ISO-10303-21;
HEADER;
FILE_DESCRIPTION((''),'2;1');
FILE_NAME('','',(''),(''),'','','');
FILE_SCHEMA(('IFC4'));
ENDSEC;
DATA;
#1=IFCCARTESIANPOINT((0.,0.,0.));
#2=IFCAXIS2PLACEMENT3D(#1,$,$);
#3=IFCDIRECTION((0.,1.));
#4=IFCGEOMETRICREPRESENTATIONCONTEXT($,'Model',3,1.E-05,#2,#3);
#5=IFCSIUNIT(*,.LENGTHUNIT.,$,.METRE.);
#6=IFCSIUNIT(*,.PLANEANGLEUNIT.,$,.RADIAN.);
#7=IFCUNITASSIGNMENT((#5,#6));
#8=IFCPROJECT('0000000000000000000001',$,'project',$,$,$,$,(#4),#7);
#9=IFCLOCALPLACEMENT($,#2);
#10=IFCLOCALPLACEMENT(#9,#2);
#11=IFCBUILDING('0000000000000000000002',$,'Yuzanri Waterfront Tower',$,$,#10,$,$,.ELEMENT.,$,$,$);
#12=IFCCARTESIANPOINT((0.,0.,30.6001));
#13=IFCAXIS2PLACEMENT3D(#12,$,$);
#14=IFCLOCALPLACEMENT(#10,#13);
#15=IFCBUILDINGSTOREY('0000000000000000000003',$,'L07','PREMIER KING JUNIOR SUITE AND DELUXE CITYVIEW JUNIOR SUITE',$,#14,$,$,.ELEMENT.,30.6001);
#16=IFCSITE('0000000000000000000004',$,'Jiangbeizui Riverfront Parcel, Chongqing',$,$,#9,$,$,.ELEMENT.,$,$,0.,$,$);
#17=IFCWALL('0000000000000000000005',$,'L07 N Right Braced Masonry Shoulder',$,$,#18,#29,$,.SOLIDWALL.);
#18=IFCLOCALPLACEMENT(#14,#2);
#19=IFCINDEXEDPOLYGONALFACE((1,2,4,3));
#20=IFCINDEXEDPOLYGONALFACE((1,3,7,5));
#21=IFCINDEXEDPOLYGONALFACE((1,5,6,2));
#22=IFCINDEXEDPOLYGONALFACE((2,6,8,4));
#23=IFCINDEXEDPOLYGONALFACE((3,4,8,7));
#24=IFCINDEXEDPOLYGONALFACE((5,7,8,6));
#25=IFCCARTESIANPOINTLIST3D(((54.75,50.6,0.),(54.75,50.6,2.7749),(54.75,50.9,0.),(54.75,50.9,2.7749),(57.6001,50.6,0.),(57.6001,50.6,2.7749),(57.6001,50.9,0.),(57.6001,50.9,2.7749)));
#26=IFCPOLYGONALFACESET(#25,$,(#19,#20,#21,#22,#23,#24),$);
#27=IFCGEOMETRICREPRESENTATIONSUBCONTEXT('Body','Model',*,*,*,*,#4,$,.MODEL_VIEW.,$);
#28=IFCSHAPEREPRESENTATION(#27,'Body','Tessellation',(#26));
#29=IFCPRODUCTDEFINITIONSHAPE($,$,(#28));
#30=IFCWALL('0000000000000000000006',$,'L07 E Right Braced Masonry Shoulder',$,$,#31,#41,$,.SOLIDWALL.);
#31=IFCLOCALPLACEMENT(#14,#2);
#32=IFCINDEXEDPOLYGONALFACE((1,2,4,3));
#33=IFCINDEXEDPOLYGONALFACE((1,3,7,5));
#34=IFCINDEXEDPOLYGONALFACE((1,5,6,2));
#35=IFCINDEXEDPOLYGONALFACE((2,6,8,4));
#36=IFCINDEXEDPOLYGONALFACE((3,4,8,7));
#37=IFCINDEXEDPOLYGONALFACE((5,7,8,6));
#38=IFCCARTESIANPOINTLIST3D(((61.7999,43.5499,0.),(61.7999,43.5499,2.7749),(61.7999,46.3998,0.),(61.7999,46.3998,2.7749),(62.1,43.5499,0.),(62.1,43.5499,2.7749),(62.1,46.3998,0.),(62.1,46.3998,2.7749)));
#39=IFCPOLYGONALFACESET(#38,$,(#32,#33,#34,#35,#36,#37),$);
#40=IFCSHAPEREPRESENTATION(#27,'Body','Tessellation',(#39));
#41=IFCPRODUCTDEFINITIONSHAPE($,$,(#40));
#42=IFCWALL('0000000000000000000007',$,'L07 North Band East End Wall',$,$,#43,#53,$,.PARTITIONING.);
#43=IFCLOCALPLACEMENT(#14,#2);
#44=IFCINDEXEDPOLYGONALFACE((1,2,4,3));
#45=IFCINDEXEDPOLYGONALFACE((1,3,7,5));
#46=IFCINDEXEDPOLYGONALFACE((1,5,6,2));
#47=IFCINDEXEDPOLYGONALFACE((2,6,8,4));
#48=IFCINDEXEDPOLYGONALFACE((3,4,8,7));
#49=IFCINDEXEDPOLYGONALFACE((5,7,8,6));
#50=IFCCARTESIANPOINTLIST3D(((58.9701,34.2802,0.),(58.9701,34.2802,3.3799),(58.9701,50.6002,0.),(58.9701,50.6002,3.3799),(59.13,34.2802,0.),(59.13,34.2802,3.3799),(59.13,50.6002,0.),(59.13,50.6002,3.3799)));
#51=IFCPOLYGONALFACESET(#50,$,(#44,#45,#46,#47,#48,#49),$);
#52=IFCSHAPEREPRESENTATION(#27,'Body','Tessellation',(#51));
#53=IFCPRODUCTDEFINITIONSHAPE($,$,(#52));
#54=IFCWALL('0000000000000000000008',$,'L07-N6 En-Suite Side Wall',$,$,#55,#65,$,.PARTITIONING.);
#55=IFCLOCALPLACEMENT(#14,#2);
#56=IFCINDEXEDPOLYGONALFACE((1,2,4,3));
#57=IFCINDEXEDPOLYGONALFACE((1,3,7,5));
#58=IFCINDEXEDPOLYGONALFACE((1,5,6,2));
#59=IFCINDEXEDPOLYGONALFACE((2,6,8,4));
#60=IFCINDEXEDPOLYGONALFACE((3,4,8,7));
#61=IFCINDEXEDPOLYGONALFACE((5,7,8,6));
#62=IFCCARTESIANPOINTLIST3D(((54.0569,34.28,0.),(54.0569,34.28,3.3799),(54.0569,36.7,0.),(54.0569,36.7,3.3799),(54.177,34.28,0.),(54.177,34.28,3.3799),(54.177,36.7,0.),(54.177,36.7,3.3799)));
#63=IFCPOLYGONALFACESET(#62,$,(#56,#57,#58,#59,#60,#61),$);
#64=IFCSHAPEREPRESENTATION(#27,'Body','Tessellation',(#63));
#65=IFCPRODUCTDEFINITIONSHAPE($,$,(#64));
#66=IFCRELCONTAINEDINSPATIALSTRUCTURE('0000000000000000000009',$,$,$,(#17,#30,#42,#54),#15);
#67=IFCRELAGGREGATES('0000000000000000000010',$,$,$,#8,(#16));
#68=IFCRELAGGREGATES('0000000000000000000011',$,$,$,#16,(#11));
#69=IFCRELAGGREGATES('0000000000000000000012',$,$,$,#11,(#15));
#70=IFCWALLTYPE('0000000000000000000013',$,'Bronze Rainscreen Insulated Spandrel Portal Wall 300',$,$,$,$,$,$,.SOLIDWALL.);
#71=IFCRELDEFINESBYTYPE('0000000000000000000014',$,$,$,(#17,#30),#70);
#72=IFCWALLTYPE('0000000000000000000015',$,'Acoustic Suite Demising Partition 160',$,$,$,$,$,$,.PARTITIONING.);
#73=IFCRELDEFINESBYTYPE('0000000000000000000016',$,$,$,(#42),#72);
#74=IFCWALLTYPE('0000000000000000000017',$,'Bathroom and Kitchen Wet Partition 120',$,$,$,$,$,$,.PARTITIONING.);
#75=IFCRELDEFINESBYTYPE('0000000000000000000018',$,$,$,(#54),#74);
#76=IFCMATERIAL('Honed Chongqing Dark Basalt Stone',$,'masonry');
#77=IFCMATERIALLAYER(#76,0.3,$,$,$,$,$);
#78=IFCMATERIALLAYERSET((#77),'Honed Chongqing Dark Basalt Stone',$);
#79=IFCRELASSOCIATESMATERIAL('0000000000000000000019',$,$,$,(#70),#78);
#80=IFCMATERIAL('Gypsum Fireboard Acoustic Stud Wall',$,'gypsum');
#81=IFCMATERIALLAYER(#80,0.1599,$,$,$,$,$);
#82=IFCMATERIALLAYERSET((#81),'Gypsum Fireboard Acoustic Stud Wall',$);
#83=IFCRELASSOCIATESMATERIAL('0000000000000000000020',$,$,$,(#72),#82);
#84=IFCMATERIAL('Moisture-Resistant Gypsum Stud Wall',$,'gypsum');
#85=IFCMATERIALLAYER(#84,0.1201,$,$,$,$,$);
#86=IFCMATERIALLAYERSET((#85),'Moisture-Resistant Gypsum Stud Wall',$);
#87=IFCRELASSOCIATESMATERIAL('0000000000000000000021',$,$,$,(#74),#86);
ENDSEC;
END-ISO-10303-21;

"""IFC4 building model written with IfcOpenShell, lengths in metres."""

from ifc_helpers import new_model, si_unit, direction, frame, frame_2d, origin, place, context, subcontext, project, spatial, rectangle, extrude, source, transform, mapped, material, layer, layer_set, type_object, element, save


model = new_model("IFC4")

# Units and contexts
model_context = context("Model", 3, precision=1e-05, world=origin(), true_north=direction((0.0, 1.0)))
body_context = subcontext(model_context, "Body", "Model", "MODEL_VIEW")
ifc_project = project(units=[si_unit("LENGTHUNIT", "METRE"), si_unit("PLANEANGLEUNIT", "RADIAN")], contexts=[model_context])

# Site, building, storey
site_placement = place(None, origin())
site = spatial("IfcSite", under=ifc_project, at=site_placement, Name="Jiangbeizui Riverfront Parcel, Chongqing", CompositionType="ELEMENT", RefElevation=0.0)
building_placement = place(site_placement, origin())
building = spatial("IfcBuilding", under=site, at=building_placement, Name="Yuzanri Waterfront Tower", CompositionType="ELEMENT")
storey_placement = place(building_placement, frame((0.0, 0.0, 30.6001)))
storey = spatial("IfcBuildingStorey", under=building, at=storey_placement, Name="L07", Description="PREMIER KING JUNIOR SUITE AND DELUXE CITYVIEW JUNIOR SUITE", CompositionType="ELEMENT", Elevation=30.6001)

# Shared definitions
ifc_material_1 = material(Name="Honed Chongqing Dark Basalt Stone", Category="masonry")
ifc_layer_1 = layer(ifc_material_1, 0.3)
ifc_layer_set_1 = layer_set([ifc_layer_1], Name="Honed Chongqing Dark Basalt Stone")
wall_type_1 = type_object("IfcWallType", Name="Bronze Rainscreen Insulated Spandrel Portal Wall 300", PredefinedType="SOLIDWALL", material=ifc_layer_set_1)

# Walls
shared_shape_1 = source(origin(), body_context, "Body", "SweptSolid", [
    extrude(rectangle(XDim=2.8501, YDim=0.3, at=frame_2d((1.425, 0.0))), origin(), (0.0, 0.0, 1.0), 2.7749),
])
wall_1_placement = place(storey_placement, frame((54.75, 50.75, 0.0), z_axis=(0.0, 0.0, 1.0), x_axis=(1.0, 0.0, 0.0)))
element("IfcWall", 1, at=wall_1_placement, inside=storey, type_object=wall_type_1, Name="L07 N Right Braced Masonry Shoulder", PredefinedType="SOLIDWALL", context=body_context, shape_type="MappedRepresentation", body=[
    mapped(shared_shape_1, transform((0.0, 0.0, 0.0), scale=1.0)),
])
shared_shape_2 = source(origin(), body_context, "Body", "SweptSolid", [
    extrude(rectangle(XDim=2.8499, YDim=0.3, at=frame_2d((1.4248, 0.0))), origin(), (0.0, 0.0, 1.0), 2.7749),
])
wall_2_placement = place(storey_placement, frame((61.95, 43.55, 0.0), z_axis=(0.0, 0.0, 1.0), x_axis=(0.0, 1.0, 0.0)))
element("IfcWall", 2, at=wall_2_placement, inside=storey, type_object=wall_type_1, Name="L07 E Right Braced Masonry Shoulder", PredefinedType="SOLIDWALL", context=body_context, shape_type="MappedRepresentation", body=[
    mapped(shared_shape_2, transform((0.0, 0.0, 0.0), scale=1.0)),
])
ifc_material_2 = material(Name="Gypsum Fireboard Acoustic Stud Wall", Category="gypsum")
ifc_layer_2 = layer(ifc_material_2, 0.1599)
ifc_layer_set_2 = layer_set([ifc_layer_2], Name="Gypsum Fireboard Acoustic Stud Wall")
wall_type_2 = type_object("IfcWallType", Name="Acoustic Suite Demising Partition 160", PredefinedType="PARTITIONING", material=ifc_layer_set_2)
shared_shape_3 = source(origin(), body_context, "Body", "SweptSolid", [
    extrude(rectangle(XDim=16.3201, YDim=0.1599, at=frame_2d((8.1602, 0.0))), origin(), (0.0, 0.0, 1.0), 3.3799),
])
wall_3_placement = place(storey_placement, frame((59.05, 34.28, 0.0), z_axis=(0.0, 0.0, 1.0), x_axis=(0.0, 1.0, 0.0)))
element("IfcWall", 3, at=wall_3_placement, inside=storey, type_object=wall_type_2, Name="L07 North Band East End Wall", PredefinedType="PARTITIONING", context=body_context, shape_type="MappedRepresentation", body=[
    mapped(shared_shape_3, transform((0.0, 0.0, 0.0), scale=1.0)),
])
ifc_material_3 = material(Name="Moisture-Resistant Gypsum Stud Wall", Category="gypsum")
ifc_layer_3 = layer(ifc_material_3, 0.1201)
ifc_layer_set_3 = layer_set([ifc_layer_3], Name="Moisture-Resistant Gypsum Stud Wall")
wall_type_3 = type_object("IfcWallType", Name="Bathroom and Kitchen Wet Partition 120", PredefinedType="PARTITIONING", material=ifc_layer_set_3)
shared_shape_4 = source(origin(), body_context, "Body", "SweptSolid", [
    extrude(rectangle(XDim=2.4199, YDim=0.1201, at=frame_2d((1.21, 0.0))), origin(), (0.0, 0.0, 1.0), 3.3799),
])
wall_4_placement = place(storey_placement, frame((54.1169, 34.28, 0.0), z_axis=(0.0, 0.0, 1.0), x_axis=(0.0, 1.0, 0.0)))
element("IfcWall", 4, at=wall_4_placement, inside=storey, type_object=wall_type_3, Name="L07-N6 En-Suite Side Wall", PredefinedType="PARTITIONING", context=body_context, shape_type="MappedRepresentation", body=[
    mapped(shared_shape_4, transform((0.0, 0.0, 0.0), scale=1.0)),
])

save(model, "model.ifc")
